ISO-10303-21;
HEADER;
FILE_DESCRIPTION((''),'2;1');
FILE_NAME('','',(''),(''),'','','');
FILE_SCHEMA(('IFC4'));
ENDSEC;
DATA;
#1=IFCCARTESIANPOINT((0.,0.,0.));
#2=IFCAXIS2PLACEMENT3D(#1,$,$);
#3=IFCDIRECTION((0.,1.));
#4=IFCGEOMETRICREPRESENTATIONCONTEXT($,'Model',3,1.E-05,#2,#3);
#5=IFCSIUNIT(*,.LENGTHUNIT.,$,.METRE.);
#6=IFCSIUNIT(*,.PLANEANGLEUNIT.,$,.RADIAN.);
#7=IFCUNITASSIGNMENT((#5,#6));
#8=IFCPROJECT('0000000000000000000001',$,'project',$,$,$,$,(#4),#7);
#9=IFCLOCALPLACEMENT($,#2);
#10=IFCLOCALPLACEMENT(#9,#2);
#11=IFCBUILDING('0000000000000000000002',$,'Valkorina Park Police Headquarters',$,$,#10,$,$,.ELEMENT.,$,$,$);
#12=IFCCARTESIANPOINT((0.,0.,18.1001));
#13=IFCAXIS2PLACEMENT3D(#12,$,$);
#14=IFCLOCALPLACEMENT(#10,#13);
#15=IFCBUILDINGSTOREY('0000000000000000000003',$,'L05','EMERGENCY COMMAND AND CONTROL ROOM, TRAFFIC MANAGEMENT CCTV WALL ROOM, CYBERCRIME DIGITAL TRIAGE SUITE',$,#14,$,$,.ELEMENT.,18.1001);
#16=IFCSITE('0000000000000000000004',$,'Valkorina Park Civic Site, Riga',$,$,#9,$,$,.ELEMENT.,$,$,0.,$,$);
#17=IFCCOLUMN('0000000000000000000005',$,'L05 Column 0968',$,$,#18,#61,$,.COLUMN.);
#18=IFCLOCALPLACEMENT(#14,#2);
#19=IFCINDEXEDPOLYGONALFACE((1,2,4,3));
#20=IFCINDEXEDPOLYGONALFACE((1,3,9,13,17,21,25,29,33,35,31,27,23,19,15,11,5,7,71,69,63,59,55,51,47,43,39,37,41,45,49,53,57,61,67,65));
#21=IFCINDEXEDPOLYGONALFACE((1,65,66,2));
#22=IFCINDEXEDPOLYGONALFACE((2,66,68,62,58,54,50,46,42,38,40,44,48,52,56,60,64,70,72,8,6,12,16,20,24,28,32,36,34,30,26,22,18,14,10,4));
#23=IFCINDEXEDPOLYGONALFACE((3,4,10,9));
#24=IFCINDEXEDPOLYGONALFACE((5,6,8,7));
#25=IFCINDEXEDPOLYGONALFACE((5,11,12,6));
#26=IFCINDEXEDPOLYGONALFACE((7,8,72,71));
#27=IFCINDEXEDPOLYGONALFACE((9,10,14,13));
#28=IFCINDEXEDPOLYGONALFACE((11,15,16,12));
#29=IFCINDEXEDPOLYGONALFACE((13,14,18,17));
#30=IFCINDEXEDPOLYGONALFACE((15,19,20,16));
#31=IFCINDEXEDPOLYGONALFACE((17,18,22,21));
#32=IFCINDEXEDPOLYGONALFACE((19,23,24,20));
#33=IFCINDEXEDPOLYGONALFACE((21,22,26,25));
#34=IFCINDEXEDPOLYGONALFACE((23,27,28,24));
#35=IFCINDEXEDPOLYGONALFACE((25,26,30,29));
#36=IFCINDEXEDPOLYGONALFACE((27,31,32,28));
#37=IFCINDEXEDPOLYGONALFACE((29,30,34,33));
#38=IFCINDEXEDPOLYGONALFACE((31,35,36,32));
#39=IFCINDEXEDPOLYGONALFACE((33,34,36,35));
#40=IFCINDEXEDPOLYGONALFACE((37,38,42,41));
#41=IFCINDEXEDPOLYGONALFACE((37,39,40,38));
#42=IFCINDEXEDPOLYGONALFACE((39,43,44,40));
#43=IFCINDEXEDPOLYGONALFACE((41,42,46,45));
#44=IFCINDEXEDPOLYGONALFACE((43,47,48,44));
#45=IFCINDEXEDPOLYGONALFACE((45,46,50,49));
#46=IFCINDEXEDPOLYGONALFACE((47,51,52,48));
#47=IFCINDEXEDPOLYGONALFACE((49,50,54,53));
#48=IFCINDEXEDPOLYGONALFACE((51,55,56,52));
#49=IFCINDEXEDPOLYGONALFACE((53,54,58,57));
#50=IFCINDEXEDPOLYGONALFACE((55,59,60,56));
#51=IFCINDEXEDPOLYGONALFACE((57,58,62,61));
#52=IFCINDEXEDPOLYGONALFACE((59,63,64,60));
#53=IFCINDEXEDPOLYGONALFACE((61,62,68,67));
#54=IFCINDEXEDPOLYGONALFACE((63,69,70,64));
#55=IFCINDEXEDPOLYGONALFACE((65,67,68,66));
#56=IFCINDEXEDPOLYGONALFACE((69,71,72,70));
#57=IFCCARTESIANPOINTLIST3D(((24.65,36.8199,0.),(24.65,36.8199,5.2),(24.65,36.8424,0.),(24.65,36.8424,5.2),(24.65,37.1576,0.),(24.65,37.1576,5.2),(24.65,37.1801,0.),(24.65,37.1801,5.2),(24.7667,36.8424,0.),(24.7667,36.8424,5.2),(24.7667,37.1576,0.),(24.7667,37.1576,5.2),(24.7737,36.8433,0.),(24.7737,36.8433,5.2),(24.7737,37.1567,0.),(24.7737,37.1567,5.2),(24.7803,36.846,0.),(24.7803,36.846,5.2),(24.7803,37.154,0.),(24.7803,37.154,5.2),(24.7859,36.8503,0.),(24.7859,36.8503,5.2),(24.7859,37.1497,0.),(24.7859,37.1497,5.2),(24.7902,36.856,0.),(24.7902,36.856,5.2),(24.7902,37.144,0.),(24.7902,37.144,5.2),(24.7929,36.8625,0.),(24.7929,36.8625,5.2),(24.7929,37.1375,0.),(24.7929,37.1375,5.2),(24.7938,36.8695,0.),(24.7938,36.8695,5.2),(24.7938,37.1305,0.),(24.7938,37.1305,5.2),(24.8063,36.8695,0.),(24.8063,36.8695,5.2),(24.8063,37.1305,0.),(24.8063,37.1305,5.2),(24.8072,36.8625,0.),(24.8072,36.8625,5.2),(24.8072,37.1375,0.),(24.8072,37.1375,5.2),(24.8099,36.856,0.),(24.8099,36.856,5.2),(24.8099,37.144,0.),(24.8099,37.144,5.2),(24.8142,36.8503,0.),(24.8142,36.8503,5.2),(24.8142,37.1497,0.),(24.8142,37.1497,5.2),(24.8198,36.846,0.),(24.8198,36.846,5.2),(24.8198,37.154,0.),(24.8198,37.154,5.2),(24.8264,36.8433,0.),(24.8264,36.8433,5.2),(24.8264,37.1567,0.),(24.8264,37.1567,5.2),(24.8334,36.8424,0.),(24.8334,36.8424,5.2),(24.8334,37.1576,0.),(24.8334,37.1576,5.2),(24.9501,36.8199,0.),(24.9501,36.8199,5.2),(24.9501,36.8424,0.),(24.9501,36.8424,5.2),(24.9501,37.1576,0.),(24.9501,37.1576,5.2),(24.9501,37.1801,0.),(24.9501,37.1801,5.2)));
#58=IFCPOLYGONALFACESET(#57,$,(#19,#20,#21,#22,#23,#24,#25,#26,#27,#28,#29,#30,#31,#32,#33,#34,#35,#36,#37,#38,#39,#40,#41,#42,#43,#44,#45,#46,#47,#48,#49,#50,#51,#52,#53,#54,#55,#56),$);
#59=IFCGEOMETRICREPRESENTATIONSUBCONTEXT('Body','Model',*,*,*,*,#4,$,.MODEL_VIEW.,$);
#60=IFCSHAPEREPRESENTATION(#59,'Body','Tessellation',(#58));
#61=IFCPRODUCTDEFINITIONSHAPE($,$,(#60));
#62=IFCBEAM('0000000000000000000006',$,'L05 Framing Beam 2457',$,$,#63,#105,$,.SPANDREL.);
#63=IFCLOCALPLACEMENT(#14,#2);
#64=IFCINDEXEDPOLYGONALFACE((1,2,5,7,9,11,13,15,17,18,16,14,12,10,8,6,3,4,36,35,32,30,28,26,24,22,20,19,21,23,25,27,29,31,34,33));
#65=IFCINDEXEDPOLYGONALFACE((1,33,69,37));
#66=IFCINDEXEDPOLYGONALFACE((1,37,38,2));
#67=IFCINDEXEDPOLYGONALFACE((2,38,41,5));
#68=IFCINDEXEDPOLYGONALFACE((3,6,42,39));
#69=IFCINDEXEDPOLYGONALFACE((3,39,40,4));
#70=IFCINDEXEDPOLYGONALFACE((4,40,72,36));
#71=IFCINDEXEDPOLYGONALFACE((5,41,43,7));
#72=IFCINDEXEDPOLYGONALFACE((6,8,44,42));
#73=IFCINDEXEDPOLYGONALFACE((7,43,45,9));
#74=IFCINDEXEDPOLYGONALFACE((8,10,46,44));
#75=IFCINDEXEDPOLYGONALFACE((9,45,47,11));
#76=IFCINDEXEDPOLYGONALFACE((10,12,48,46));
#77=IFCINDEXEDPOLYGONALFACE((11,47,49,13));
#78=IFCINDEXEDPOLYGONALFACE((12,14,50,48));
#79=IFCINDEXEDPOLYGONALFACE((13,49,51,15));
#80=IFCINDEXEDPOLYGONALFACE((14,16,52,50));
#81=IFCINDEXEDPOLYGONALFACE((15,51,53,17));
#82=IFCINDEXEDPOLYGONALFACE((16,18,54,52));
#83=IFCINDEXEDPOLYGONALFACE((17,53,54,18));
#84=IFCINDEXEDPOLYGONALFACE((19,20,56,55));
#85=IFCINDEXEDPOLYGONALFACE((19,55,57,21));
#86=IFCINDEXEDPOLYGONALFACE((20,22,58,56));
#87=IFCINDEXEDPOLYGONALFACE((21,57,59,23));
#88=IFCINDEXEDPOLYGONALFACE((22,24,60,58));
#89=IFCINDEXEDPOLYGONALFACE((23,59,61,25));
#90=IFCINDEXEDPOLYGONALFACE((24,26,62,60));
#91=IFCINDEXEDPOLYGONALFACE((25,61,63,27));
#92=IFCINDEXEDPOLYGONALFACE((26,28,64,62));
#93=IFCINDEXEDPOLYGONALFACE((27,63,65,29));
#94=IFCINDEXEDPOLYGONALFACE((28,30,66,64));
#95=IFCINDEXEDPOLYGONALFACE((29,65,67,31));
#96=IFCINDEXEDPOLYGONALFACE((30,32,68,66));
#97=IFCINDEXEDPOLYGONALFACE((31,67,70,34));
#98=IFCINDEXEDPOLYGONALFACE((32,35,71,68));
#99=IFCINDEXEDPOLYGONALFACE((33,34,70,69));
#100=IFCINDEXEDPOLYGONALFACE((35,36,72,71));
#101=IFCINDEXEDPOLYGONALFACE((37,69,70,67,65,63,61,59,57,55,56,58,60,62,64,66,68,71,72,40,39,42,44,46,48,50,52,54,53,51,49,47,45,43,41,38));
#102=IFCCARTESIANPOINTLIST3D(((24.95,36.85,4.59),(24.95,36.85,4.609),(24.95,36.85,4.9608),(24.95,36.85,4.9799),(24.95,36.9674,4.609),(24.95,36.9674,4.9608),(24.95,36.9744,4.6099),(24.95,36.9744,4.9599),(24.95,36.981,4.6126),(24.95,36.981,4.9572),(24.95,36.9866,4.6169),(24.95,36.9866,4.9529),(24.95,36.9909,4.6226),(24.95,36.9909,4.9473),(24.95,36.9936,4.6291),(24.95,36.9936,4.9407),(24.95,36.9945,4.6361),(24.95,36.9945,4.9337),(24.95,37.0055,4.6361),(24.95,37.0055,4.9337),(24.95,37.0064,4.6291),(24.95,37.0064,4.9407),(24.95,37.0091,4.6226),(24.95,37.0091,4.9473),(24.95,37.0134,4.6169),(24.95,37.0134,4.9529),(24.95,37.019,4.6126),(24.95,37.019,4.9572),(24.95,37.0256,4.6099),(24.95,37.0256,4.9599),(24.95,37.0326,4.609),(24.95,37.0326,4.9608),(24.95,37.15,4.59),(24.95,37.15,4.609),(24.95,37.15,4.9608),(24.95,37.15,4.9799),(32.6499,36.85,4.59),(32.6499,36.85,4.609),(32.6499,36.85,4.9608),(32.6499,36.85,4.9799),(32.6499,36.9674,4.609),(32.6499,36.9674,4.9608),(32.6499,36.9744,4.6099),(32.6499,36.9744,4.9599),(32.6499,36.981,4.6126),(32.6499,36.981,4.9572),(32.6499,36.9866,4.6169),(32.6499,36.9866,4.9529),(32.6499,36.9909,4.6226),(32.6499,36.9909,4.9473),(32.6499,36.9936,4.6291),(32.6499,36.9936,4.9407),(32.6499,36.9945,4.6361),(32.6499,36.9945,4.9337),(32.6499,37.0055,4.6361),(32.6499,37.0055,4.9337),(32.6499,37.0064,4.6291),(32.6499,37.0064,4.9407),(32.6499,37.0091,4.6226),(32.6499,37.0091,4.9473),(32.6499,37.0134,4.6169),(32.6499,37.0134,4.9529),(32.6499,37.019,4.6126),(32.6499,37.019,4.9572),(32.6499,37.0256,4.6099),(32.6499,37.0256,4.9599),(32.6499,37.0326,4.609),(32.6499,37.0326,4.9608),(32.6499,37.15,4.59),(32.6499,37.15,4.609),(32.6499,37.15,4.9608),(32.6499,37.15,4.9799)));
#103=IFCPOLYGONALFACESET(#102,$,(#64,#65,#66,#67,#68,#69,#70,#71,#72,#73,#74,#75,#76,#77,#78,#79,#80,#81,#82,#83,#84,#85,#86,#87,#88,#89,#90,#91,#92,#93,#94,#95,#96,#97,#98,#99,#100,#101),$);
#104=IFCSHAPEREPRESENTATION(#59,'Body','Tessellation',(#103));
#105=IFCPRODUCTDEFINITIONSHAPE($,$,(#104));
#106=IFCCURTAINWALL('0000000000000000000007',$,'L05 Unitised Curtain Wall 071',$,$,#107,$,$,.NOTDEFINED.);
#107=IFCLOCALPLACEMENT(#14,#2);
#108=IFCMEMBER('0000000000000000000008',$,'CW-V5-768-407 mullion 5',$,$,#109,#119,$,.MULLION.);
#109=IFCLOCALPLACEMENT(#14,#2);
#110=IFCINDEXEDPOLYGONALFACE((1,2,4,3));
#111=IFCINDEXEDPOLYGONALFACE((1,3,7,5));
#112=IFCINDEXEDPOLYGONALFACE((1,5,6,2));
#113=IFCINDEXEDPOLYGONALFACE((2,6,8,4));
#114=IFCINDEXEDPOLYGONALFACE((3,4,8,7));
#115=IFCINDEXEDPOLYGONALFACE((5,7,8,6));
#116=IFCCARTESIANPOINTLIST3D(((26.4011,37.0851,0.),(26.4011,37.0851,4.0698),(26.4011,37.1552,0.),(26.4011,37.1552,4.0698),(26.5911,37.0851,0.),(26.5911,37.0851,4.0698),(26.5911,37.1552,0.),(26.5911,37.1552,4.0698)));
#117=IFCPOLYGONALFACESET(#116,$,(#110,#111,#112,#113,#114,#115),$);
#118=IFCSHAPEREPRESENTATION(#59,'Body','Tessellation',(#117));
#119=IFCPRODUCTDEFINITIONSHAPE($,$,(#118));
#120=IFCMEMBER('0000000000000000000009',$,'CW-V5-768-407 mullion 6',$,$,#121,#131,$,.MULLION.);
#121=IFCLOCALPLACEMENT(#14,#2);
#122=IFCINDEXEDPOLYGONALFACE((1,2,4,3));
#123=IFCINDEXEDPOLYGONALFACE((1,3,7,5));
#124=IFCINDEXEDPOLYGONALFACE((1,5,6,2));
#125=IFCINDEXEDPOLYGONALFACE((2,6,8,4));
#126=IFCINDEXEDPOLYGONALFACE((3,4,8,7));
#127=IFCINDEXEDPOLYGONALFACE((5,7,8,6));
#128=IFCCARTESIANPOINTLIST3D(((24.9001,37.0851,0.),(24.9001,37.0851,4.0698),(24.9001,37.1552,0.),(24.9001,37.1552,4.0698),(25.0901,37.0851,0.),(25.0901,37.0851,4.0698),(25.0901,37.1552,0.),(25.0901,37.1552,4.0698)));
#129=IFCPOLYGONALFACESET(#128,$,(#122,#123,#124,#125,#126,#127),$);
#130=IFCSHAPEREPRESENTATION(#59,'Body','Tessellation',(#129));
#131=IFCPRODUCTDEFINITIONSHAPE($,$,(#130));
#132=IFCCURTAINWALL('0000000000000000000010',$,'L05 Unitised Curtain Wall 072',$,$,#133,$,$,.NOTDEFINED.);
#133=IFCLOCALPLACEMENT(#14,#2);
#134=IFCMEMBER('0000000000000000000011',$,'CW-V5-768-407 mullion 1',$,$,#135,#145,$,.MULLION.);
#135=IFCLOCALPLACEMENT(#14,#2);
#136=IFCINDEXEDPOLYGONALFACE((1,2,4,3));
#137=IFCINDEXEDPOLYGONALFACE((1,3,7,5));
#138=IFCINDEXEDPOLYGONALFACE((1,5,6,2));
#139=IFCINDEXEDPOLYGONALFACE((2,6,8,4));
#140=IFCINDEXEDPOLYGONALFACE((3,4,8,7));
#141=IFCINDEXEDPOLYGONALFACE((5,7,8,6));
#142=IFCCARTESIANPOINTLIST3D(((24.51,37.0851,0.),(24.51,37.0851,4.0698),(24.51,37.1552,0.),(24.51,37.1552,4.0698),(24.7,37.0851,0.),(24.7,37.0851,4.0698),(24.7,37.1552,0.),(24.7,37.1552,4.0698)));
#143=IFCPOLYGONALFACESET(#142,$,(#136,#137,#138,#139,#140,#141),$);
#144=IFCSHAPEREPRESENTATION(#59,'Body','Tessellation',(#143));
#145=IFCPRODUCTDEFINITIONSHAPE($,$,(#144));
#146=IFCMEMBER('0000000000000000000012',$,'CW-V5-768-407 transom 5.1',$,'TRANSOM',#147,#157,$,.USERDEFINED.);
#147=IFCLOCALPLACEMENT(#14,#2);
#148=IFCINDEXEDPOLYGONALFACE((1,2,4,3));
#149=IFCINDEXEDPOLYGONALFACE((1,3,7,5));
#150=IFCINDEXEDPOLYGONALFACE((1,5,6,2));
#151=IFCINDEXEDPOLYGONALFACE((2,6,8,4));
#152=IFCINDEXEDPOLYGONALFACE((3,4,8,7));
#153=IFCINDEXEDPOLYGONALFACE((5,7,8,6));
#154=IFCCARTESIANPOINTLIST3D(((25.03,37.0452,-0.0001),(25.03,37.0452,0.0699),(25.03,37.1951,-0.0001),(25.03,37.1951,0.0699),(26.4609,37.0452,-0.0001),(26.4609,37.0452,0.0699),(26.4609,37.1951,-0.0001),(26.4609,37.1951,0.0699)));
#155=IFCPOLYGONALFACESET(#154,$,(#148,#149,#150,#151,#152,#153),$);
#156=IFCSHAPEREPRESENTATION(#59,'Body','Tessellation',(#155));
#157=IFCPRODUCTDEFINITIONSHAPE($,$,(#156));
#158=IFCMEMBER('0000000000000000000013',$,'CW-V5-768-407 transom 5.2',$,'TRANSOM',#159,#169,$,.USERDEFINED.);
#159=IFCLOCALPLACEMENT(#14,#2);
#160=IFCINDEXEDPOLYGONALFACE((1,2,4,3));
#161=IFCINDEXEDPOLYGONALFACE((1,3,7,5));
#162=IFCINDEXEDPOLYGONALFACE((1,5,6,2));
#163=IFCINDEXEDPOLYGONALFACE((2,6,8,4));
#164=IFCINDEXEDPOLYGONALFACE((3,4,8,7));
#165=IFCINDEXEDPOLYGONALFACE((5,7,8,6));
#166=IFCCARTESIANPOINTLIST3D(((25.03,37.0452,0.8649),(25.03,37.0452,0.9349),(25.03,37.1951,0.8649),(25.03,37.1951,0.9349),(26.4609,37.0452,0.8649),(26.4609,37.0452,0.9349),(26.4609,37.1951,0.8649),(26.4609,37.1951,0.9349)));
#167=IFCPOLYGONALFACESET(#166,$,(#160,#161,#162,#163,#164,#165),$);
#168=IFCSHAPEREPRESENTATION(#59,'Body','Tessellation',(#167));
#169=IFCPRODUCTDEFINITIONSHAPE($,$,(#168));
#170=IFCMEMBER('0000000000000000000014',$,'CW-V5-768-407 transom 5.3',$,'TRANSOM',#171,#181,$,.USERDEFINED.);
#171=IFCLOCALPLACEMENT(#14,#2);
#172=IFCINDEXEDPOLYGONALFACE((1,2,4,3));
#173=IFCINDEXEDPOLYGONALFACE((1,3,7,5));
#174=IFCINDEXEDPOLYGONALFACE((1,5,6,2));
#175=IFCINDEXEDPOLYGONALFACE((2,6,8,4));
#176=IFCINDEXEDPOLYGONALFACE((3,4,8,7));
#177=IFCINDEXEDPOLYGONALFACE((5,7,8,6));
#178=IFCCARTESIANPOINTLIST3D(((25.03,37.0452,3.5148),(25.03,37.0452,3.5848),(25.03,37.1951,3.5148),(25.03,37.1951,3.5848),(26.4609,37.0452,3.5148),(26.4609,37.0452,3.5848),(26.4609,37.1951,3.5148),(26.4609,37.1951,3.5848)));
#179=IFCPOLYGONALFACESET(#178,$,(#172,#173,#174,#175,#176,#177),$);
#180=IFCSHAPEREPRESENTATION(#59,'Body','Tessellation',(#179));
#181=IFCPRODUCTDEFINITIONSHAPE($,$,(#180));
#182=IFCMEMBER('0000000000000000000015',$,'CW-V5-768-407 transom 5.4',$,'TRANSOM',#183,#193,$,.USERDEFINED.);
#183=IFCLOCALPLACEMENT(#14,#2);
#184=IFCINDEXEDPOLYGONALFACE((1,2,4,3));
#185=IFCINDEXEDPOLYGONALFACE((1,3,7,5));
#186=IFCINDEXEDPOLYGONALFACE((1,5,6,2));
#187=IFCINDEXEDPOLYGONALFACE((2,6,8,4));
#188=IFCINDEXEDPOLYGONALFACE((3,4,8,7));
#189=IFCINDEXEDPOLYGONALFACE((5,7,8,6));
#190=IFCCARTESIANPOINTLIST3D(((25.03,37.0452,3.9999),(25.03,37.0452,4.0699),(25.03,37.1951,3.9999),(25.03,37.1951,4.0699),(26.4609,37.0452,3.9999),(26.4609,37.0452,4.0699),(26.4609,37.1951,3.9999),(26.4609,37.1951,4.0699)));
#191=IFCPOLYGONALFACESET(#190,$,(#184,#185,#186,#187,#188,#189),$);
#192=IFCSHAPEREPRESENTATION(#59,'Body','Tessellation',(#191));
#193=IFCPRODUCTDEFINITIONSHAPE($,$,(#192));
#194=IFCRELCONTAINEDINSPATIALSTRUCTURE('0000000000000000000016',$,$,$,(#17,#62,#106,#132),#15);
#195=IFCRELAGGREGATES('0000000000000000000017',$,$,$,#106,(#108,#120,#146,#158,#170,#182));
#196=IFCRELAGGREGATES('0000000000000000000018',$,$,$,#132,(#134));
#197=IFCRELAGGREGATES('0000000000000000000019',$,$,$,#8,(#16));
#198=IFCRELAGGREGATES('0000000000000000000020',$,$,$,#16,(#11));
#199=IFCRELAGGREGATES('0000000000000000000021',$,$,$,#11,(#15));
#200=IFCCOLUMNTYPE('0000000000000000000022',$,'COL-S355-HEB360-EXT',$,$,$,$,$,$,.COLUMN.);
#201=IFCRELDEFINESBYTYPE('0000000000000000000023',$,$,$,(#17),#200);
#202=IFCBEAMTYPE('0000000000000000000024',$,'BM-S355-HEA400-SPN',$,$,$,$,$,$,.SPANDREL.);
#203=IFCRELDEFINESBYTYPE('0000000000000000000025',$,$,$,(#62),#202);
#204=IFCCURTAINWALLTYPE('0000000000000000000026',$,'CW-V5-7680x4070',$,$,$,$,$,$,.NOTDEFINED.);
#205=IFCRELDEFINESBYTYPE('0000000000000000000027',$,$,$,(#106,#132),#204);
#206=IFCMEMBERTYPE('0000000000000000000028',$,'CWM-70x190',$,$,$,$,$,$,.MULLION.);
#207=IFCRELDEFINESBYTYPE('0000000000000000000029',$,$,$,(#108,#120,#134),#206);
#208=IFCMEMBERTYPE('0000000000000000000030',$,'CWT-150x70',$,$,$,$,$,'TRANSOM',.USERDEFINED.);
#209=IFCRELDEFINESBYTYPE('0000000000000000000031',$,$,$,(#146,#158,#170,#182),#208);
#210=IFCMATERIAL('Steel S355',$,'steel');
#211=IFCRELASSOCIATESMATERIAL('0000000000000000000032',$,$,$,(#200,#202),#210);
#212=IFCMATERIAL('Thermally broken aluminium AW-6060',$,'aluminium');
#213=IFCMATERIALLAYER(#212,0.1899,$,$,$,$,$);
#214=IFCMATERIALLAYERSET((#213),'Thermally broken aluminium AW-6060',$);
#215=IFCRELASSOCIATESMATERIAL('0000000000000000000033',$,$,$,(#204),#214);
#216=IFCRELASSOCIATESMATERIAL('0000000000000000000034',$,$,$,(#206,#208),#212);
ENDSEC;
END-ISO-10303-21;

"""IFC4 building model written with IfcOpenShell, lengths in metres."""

from ifc_helpers import new_model, si_unit, direction, frame, origin, origin_2d, place, context, subcontext, project, spatial, rectangle, i_section, extrude, material, layer, layer_set, material_profile, profile_set, type_object, element, aggregate, save


model = new_model("IFC4")

# Units and contexts
model_context = context("Model", 3, precision=1e-05, world=origin(), true_north=direction((0.0, 1.0)))
body_context = subcontext(model_context, "Body", "Model", "MODEL_VIEW")
ifc_project = project(units=[si_unit("LENGTHUNIT", "METRE"), si_unit("PLANEANGLEUNIT", "RADIAN")], contexts=[model_context])

# Site, building, storey
site_placement = place(None, origin())
site = spatial("IfcSite", under=ifc_project, at=site_placement, Name="Valkorina Park Civic Site, Riga", CompositionType="ELEMENT", RefElevation=0.0)
building_placement = place(site_placement, origin())
building = spatial("IfcBuilding", under=site, at=building_placement, Name="Valkorina Park Police Headquarters", CompositionType="ELEMENT")
storey_placement = place(building_placement, frame((0.0, 0.0, 18.1001)))
storey = spatial("IfcBuildingStorey", under=building, at=storey_placement, Name="L05", Description="EMERGENCY COMMAND AND CONTROL ROOM, TRAFFIC MANAGEMENT CCTV WALL ROOM, CYBERCRIME DIGITAL TRIAGE SUITE", CompositionType="ELEMENT", Elevation=18.1001)

# Column
ifc_material_1 = material(Name="Steel S355", Category="steel")
ifc_material_profile_1 = material_profile(ifc_material_1, i_section(OverallWidth=0.3, OverallDepth=0.3601, WebThickness=0.0125, FlangeThickness=0.0225, FilletRadius=0.0271, at=origin_2d()), Name="HEB 360")
ifc_profile_set_1 = profile_set([ifc_material_profile_1], Name="Steel S355")
column_type = type_object("IfcColumnType", Name="COL-S355-HEB360-EXT", PredefinedType="COLUMN", material=ifc_profile_set_1)
column_placement = place(storey_placement, frame((24.8, 37.0, 0.0), z_axis=(0.0, 0.0, 1.0), x_axis=(1.0, 0.0, 0.0)))
element("IfcColumn", 1, at=column_placement, inside=storey, type_object=column_type, Name="L05 Column 0968", PredefinedType="COLUMN", context=body_context, shape_type="SweptSolid", body=[
    extrude(i_section(OverallWidth=0.3, OverallDepth=0.3601, WebThickness=0.0125, FlangeThickness=0.0225, FilletRadius=0.0271, at=origin_2d()), origin(), (0.0, 0.0, 1.0), 5.2),
])

# Beam
ifc_material_profile_2 = material_profile(ifc_material_1, i_section(OverallWidth=0.3, OverallDepth=0.3899, WebThickness=0.011, FlangeThickness=0.019, FilletRadius=0.0271, at=origin_2d()), Name="HEA 400")
ifc_profile_set_2 = profile_set([ifc_material_profile_2], Name="Steel S355")
beam_type = type_object("IfcBeamType", Name="BM-S355-HEA400-SPN", PredefinedType="SPANDREL", material=ifc_profile_set_2)
beam_placement = place(storey_placement, frame((24.95, 37.0, 4.7849), z_axis=(1.0, 0.0, 0.0), x_axis=(0.0, 1.0, 0.0)))
element("IfcBeam", 2, at=beam_placement, inside=storey, type_object=beam_type, Name="L05 Framing Beam 2457", PredefinedType="SPANDREL", context=body_context, shape_type="SweptSolid", body=[
    extrude(i_section(OverallWidth=0.3, OverallDepth=0.3899, WebThickness=0.011, FlangeThickness=0.019, FilletRadius=0.0271, at=origin_2d()), origin(), (0.0, 0.0, 1.0), 7.7),
])

# Curtain wall, members
ifc_material_2 = material(Name="Thermally broken aluminium AW-6060", Category="aluminium")
ifc_layer_1 = layer(ifc_material_2, 0.1899)
ifc_layer_set_1 = layer_set([ifc_layer_1], Name="Thermally broken aluminium AW-6060")
curtain_wall_type = type_object("IfcCurtainWallType", Name="CW-V5-7680x4070", PredefinedType="NOTDEFINED", material=ifc_layer_set_1)
curtain_wall_1_placement = place(storey_placement, origin())
curtain_wall_1 = element("IfcCurtainWall", 3, at=curtain_wall_1_placement, inside=storey, type_object=curtain_wall_type, Name="L05 Unitised Curtain Wall 071", PredefinedType="NOTDEFINED")
ifc_material_profile_3 = material_profile(ifc_material_2, rectangle(XDim=0.0701, YDim=0.1899, at=origin_2d()), Name="CWM-02 70x190")
ifc_profile_set_3 = profile_set([ifc_material_profile_3], Name="Thermally broken aluminium AW-6060")
member_type_1 = type_object("IfcMemberType", Name="CWM-70x190", PredefinedType="MULLION", material=ifc_profile_set_3)
member_1_placement = place(storey_placement, frame((26.4961, 37.1201, 0.0), z_axis=(0.0, 0.0, 1.0), x_axis=(0.0, -1.0, 0.0)))
member_1 = element("IfcMember", 4, at=member_1_placement, type_object=member_type_1, Name="CW-V5-768-407 mullion 5", PredefinedType="MULLION", context=body_context, shape_type="SweptSolid", body=[
    extrude(rectangle(XDim=0.0701, YDim=0.1899, at=origin_2d()), origin(), (0.0, 0.0, 1.0), 4.0698),
])
member_2_placement = place(storey_placement, frame((24.9951, 37.1201, 0.0), z_axis=(0.0, 0.0, 1.0), x_axis=(0.0, -1.0, 0.0)))
member_2 = element("IfcMember", 5, at=member_2_placement, type_object=member_type_1, Name="CW-V5-768-407 mullion 6", PredefinedType="MULLION", context=body_context, shape_type="SweptSolid", body=[
    extrude(rectangle(XDim=0.0701, YDim=0.1899, at=origin_2d()), origin(), (0.0, 0.0, 1.0), 4.0698),
])

# Curtain wall, member
curtain_wall_2_placement = place(storey_placement, origin())
curtain_wall_2 = element("IfcCurtainWall", 6, at=curtain_wall_2_placement, inside=storey, type_object=curtain_wall_type, Name="L05 Unitised Curtain Wall 072", PredefinedType="NOTDEFINED")
member_3_placement = place(storey_placement, frame((24.605, 37.1201, 0.0), z_axis=(0.0, 0.0, 1.0), x_axis=(0.0, -1.0, 0.0)))
member_3 = element("IfcMember", 7, at=member_3_placement, type_object=member_type_1, Name="CW-V5-768-407 mullion 1", PredefinedType="MULLION", context=body_context, shape_type="SweptSolid", body=[
    extrude(rectangle(XDim=0.0701, YDim=0.1899, at=origin_2d()), origin(), (0.0, 0.0, 1.0), 4.0698),
])

# Members
ifc_material_profile_4 = material_profile(ifc_material_2, rectangle(XDim=0.1499, YDim=0.0701, at=origin_2d()), Name="CWT-02 150x70")
ifc_profile_set_4 = profile_set([ifc_material_profile_4], Name="Thermally broken aluminium AW-6060")
member_type_2 = type_object("IfcMemberType", Name="CWT-150x70", ElementType="TRANSOM", PredefinedType="USERDEFINED", material=ifc_profile_set_4)
member_4_placement = place(storey_placement, frame((26.4609, 37.1201, 0.0349), z_axis=(-1.0, 0.0, 0.0), x_axis=(0.0, -1.0, 0.0)))
member_4 = element("IfcMember", 8, at=member_4_placement, type_object=member_type_2, Name="CW-V5-768-407 transom 5.1", ObjectType="TRANSOM", PredefinedType="USERDEFINED", context=body_context, shape_type="SweptSolid", body=[
    extrude(rectangle(XDim=0.1499, YDim=0.0701, at=origin_2d()), origin(), (0.0, 0.0, 1.0), 1.4309),
])
member_5_placement = place(storey_placement, frame((26.4609, 37.1201, 0.8999), z_axis=(-1.0, 0.0, 0.0), x_axis=(0.0, -1.0, 0.0)))
member_5 = element("IfcMember", 9, at=member_5_placement, type_object=member_type_2, Name="CW-V5-768-407 transom 5.2", ObjectType="TRANSOM", PredefinedType="USERDEFINED", context=body_context, shape_type="SweptSolid", body=[
    extrude(rectangle(XDim=0.1499, YDim=0.0701, at=origin_2d()), origin(), (0.0, 0.0, 1.0), 1.4309),
])
member_6_placement = place(storey_placement, frame((26.4609, 37.1201, 3.5498), z_axis=(-1.0, 0.0, 0.0), x_axis=(0.0, -1.0, 0.0)))
member_6 = element("IfcMember", 10, at=member_6_placement, type_object=member_type_2, Name="CW-V5-768-407 transom 5.3", ObjectType="TRANSOM", PredefinedType="USERDEFINED", context=body_context, shape_type="SweptSolid", body=[
    extrude(rectangle(XDim=0.1499, YDim=0.0701, at=origin_2d()), origin(), (0.0, 0.0, 1.0), 1.4309),
])
member_7_placement = place(storey_placement, frame((26.4609, 37.1201, 4.0349), z_axis=(-1.0, 0.0, 0.0), x_axis=(0.0, -1.0, 0.0)))
member_7 = element("IfcMember", 11, at=member_7_placement, type_object=member_type_2, Name="CW-V5-768-407 transom 5.4", ObjectType="TRANSOM", PredefinedType="USERDEFINED", context=body_context, shape_type="SweptSolid", body=[
    extrude(rectangle(XDim=0.1499, YDim=0.0701, at=origin_2d()), origin(), (0.0, 0.0, 1.0), 1.4309),
])

aggregate(curtain_wall_1, [member_1, member_2, member_4, member_5, member_6, member_7])
aggregate(curtain_wall_2, [member_3])

save(model, "model.ifc")
